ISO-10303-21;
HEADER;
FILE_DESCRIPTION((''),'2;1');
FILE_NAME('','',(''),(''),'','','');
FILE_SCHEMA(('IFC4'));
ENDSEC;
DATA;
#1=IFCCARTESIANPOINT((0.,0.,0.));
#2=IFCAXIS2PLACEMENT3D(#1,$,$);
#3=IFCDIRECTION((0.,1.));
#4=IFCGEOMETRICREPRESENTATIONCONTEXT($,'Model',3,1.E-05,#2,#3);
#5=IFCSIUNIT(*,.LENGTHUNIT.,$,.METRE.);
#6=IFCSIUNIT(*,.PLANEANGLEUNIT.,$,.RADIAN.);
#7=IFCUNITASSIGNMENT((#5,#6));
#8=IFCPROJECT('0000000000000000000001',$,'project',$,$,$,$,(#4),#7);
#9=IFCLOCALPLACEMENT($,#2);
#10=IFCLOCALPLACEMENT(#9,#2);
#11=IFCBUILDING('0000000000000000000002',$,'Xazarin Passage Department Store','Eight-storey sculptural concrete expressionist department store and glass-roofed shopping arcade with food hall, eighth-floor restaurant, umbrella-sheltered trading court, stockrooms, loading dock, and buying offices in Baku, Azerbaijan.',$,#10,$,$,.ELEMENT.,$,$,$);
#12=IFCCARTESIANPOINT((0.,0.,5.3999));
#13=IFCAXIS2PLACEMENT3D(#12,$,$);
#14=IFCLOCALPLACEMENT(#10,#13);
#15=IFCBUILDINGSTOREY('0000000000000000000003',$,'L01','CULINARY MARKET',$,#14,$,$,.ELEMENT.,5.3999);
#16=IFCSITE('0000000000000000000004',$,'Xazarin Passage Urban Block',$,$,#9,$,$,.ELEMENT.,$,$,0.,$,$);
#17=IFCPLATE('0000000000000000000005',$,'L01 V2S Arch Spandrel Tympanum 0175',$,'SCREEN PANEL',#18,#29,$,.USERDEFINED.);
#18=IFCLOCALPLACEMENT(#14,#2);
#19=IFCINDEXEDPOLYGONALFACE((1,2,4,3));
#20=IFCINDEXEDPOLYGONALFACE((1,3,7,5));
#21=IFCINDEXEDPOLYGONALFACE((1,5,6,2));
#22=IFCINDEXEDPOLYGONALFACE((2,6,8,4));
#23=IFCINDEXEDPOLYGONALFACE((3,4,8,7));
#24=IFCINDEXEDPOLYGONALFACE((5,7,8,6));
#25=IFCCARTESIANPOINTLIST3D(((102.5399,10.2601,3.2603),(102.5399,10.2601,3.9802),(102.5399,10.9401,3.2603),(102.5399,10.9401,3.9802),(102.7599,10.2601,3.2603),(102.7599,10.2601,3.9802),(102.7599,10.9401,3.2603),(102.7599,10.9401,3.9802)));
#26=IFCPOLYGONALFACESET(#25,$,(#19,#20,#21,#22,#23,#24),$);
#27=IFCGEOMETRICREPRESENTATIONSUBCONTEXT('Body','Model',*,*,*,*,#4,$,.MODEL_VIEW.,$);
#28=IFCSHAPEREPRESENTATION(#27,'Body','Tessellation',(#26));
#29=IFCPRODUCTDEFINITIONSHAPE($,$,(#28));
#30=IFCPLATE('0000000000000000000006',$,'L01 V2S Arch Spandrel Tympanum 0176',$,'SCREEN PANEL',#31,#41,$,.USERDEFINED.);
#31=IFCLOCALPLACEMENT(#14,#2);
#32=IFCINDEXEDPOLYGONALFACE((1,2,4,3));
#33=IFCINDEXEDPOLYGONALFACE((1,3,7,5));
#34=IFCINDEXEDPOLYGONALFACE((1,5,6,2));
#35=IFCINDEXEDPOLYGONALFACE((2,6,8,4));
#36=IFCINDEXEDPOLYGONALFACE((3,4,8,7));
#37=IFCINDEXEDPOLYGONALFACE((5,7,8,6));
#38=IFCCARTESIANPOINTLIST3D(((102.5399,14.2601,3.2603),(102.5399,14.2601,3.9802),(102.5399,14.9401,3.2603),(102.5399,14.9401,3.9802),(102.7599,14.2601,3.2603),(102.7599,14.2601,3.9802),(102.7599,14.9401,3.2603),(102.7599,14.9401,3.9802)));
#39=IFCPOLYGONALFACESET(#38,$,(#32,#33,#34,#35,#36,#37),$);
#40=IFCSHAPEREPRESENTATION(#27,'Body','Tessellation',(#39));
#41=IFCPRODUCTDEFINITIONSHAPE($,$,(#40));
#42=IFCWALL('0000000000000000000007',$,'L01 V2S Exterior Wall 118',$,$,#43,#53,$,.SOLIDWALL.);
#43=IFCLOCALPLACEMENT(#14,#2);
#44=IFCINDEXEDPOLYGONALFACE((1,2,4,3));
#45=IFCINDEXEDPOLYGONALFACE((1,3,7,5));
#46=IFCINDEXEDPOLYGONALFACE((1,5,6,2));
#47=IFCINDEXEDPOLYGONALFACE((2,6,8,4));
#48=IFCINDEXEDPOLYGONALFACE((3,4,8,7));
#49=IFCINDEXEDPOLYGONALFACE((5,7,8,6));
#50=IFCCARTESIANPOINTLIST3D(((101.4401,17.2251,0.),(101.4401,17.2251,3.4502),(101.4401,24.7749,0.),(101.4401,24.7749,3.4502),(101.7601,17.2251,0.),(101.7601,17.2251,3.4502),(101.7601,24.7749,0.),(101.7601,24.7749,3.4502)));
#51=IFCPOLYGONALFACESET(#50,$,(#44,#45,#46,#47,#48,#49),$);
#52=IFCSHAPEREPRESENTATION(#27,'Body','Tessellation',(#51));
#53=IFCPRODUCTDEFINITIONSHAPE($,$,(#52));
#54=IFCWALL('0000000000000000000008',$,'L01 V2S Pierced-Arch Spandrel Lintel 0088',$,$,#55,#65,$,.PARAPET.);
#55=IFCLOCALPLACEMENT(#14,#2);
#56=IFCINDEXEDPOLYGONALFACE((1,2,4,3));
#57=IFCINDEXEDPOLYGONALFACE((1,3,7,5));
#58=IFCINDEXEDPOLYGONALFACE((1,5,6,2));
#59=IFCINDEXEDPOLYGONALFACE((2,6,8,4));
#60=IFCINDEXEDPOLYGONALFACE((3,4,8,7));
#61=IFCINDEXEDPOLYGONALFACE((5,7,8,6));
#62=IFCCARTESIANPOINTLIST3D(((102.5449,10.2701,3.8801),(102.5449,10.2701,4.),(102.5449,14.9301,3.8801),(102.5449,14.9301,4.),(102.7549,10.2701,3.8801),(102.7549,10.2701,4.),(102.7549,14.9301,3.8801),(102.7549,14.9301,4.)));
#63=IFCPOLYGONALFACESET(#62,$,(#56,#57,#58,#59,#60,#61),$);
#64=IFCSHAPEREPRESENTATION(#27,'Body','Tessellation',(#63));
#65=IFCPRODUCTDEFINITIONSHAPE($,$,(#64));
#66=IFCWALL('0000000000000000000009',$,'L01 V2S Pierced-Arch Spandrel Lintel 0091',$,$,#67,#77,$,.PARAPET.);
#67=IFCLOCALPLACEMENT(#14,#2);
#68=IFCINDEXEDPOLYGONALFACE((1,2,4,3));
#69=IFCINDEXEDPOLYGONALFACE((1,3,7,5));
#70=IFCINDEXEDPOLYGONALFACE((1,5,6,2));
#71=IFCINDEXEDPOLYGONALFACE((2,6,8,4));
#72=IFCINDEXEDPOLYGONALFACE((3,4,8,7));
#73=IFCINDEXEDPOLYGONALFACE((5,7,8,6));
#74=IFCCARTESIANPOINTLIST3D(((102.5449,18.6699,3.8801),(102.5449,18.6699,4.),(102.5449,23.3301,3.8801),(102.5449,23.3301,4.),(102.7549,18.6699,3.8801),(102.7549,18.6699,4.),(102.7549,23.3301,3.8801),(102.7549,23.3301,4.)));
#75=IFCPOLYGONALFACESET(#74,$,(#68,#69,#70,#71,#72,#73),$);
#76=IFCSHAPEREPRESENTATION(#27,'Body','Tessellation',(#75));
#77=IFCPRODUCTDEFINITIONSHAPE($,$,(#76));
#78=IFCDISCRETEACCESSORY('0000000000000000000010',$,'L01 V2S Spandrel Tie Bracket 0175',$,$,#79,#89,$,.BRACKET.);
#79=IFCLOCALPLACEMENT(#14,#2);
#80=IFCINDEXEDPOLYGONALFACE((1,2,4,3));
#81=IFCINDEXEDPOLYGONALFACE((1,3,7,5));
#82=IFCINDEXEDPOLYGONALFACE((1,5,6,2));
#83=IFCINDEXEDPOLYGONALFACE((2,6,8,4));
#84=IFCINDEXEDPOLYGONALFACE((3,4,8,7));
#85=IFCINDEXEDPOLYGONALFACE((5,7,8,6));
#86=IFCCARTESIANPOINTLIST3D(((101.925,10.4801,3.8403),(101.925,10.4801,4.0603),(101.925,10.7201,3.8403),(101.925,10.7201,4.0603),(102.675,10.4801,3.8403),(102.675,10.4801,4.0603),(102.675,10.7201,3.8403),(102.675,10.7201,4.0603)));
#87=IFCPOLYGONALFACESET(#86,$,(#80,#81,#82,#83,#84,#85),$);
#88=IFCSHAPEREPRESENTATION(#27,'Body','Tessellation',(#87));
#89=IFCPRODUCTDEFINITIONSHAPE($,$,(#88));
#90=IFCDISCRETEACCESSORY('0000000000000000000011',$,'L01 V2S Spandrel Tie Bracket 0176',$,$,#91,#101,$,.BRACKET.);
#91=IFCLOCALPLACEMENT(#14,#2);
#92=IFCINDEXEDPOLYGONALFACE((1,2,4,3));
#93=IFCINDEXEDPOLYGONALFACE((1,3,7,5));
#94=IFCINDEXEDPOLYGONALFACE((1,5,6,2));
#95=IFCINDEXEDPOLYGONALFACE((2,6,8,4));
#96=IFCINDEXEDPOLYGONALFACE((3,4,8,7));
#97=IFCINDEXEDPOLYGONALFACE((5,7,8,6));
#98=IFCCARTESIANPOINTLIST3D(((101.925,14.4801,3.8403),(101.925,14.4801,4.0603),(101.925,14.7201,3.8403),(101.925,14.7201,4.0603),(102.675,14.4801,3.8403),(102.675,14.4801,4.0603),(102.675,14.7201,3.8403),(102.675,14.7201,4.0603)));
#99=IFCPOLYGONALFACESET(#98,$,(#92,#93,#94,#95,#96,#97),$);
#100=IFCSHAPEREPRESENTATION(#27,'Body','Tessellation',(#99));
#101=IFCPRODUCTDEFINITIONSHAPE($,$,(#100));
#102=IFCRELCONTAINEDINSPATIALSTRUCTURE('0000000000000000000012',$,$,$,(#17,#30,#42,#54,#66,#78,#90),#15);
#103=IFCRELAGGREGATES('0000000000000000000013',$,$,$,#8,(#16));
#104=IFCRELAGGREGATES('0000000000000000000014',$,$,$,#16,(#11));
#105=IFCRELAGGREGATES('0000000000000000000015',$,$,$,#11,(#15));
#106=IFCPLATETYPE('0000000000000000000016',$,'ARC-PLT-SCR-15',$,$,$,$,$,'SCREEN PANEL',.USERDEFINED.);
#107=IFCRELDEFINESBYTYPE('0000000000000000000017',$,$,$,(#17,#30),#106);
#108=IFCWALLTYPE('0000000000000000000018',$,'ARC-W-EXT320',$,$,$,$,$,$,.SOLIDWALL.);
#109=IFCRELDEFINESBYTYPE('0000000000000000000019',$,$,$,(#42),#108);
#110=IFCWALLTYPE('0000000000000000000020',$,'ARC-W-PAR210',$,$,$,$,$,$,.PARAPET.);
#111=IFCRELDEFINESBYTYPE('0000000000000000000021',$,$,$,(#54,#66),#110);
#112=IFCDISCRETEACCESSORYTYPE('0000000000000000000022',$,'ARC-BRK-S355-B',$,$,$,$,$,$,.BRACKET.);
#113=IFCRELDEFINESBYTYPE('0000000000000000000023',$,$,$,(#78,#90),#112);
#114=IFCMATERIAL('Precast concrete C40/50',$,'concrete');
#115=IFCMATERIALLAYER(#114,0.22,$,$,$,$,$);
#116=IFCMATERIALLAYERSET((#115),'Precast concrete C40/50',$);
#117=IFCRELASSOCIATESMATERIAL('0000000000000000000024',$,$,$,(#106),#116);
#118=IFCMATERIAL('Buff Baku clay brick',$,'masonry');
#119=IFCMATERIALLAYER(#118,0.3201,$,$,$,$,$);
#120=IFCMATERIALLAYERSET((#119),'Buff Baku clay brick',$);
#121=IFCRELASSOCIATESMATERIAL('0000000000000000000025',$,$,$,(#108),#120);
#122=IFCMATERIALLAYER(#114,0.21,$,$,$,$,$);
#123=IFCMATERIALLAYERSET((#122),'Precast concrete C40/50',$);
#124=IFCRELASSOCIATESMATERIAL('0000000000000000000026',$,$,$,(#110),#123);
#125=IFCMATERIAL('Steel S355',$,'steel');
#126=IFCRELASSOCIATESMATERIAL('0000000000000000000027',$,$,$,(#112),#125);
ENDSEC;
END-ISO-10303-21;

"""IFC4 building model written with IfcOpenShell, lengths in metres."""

from ifc_helpers import new_model, si_unit, direction, frame, frame_2d, origin, origin_2d, place, context, subcontext, project, spatial, rectangle, extrude, material, layer, layer_set, type_object, element, save


model = new_model("IFC4")

# Units and contexts
model_context = context("Model", 3, precision=1e-05, world=origin(), true_north=direction((0.0, 1.0)))
body_context = subcontext(model_context, "Body", "Model", "MODEL_VIEW")
ifc_project = project(units=[si_unit("LENGTHUNIT", "METRE"), si_unit("PLANEANGLEUNIT", "RADIAN")], contexts=[model_context])

# Site, building, storey
site_placement = place(None, origin())
site = spatial("IfcSite", under=ifc_project, at=site_placement, Name="Xazarin Passage Urban Block", CompositionType="ELEMENT", RefElevation=0.0)
building_placement = place(site_placement, origin())
building = spatial("IfcBuilding", under=site, at=building_placement, Name="Xazarin Passage Department Store", Description="Eight-storey sculptural concrete expressionist department store and glass-roofed shopping arcade with food hall, eighth-floor restaurant, umbrella-sheltered trading court, stockrooms, loading dock, and buying offices in Baku, Azerbaijan.", CompositionType="ELEMENT")
storey_placement = place(building_placement, frame((0.0, 0.0, 5.3999)))
storey = spatial("IfcBuildingStorey", under=building, at=storey_placement, Name="L01", Description="CULINARY MARKET", CompositionType="ELEMENT", Elevation=5.3999)

# Plates
ifc_material_1 = material(Name="Precast concrete C40/50", Category="concrete")
ifc_layer_1 = layer(ifc_material_1, 0.22)
ifc_layer_set_1 = layer_set([ifc_layer_1], Name="Precast concrete C40/50")
plate_type = type_object("IfcPlateType", Name="ARC-PLT-SCR-15", ElementType="SCREEN PANEL", PredefinedType="USERDEFINED", material=ifc_layer_set_1)
for number, where, z_axis, x_axis, name in (
    (1, (102.6499, 10.6001, 3.2603), (0.0, 0.0, 1.0), (0.0, 1.0, 0.0), "L01 V2S Arch Spandrel Tympanum 0175"),
    (2, (102.6499, 14.6001, 3.2603), (0.0, 0.0, 1.0), (0.0, 1.0, 0.0), "L01 V2S Arch Spandrel Tympanum 0176"),
):
    element("IfcPlate", number, at=place(storey_placement, frame(where, z_axis=z_axis, x_axis=x_axis)), inside=storey, type_object=plate_type, Name=name, ObjectType="SCREEN PANEL", PredefinedType="USERDEFINED", context=body_context, shape_type="SweptSolid", body=[
        extrude(rectangle(XDim=0.6799, YDim=0.22, at=origin_2d()), origin(), (0.0, 0.0, 1.0), 0.72),
    ])

# Walls
ifc_material_2 = material(Name="Buff Baku clay brick", Category="masonry")
ifc_layer_2 = layer(ifc_material_2, 0.3201)
ifc_layer_set_2 = layer_set([ifc_layer_2], Name="Buff Baku clay brick")
wall_type_1 = type_object("IfcWallType", Name="ARC-W-EXT320", PredefinedType="SOLIDWALL", material=ifc_layer_set_2)
wall_1_placement = place(storey_placement, frame((101.6001, 17.2251, 0.0), z_axis=(0.0, 0.0, 1.0), x_axis=(0.0, 1.0, 0.0)))
element("IfcWall", 3, at=wall_1_placement, inside=storey, type_object=wall_type_1, Name="L01 V2S Exterior Wall 118", PredefinedType="SOLIDWALL", context=body_context, shape_type="SweptSolid", body=[
    extrude(rectangle(XDim=7.5498, YDim=0.3201, at=frame_2d((3.7749, 0.0))), origin(), (0.0, 0.0, 1.0), 3.4502),
])
ifc_layer_3 = layer(ifc_material_1, 0.21)
ifc_layer_set_3 = layer_set([ifc_layer_3], Name="Precast concrete C40/50")
wall_type_2 = type_object("IfcWallType", Name="ARC-W-PAR210", PredefinedType="PARAPET", material=ifc_layer_set_3)
wall_2_placement = place(storey_placement, frame((102.6499, 10.27, 3.8801), z_axis=(0.0, 0.0, 1.0), x_axis=(0.0, 1.0, 0.0)))
element("IfcWall", 4, at=wall_2_placement, inside=storey, type_object=wall_type_2, Name="L01 V2S Pierced-Arch Spandrel Lintel 0088", PredefinedType="PARAPET", context=body_context, shape_type="SweptSolid", body=[
    extrude(rectangle(XDim=4.6599, YDim=0.21, at=frame_2d((2.3301, 0.0))), origin(), (0.0, 0.0, 1.0), 0.1199),
])
wall_3_placement = place(storey_placement, frame((102.6499, 18.6699, 3.8801), z_axis=(0.0, 0.0, 1.0), x_axis=(0.0, 1.0, 0.0)))
element("IfcWall", 5, at=wall_3_placement, inside=storey, type_object=wall_type_2, Name="L01 V2S Pierced-Arch Spandrel Lintel 0091", PredefinedType="PARAPET", context=body_context, shape_type="SweptSolid", body=[
    extrude(rectangle(XDim=4.6602, YDim=0.21, at=frame_2d((2.3301, 0.0))), origin(), (0.0, 0.0, 1.0), 0.1199),
])

# Discrete accessories
ifc_material_3 = material(Name="Steel S355", Category="steel")
discrete_accessory_type = type_object("IfcDiscreteAccessoryType", Name="ARC-BRK-S355-B", PredefinedType="BRACKET", material=ifc_material_3)
for number, where, z_axis, x_axis, name in (
    (6, (102.3, 10.6001, 3.8403), (0.0, 0.0, 1.0), (0.0, 1.0, 0.0), "L01 V2S Spandrel Tie Bracket 0175"),
    (7, (102.3, 14.6001, 3.8403), (0.0, 0.0, 1.0), (0.0, 1.0, 0.0), "L01 V2S Spandrel Tie Bracket 0176"),
):
    element("IfcDiscreteAccessory", number, at=place(storey_placement, frame(where, z_axis=z_axis, x_axis=x_axis)), inside=storey, type_object=discrete_accessory_type, Name=name, PredefinedType="BRACKET", context=body_context, shape_type="SweptSolid", body=[
        extrude(rectangle(XDim=0.24, YDim=0.75, at=origin_2d()), origin(), (0.0, 0.0, 1.0), 0.22),
    ])

save(model, "model.ifc")
